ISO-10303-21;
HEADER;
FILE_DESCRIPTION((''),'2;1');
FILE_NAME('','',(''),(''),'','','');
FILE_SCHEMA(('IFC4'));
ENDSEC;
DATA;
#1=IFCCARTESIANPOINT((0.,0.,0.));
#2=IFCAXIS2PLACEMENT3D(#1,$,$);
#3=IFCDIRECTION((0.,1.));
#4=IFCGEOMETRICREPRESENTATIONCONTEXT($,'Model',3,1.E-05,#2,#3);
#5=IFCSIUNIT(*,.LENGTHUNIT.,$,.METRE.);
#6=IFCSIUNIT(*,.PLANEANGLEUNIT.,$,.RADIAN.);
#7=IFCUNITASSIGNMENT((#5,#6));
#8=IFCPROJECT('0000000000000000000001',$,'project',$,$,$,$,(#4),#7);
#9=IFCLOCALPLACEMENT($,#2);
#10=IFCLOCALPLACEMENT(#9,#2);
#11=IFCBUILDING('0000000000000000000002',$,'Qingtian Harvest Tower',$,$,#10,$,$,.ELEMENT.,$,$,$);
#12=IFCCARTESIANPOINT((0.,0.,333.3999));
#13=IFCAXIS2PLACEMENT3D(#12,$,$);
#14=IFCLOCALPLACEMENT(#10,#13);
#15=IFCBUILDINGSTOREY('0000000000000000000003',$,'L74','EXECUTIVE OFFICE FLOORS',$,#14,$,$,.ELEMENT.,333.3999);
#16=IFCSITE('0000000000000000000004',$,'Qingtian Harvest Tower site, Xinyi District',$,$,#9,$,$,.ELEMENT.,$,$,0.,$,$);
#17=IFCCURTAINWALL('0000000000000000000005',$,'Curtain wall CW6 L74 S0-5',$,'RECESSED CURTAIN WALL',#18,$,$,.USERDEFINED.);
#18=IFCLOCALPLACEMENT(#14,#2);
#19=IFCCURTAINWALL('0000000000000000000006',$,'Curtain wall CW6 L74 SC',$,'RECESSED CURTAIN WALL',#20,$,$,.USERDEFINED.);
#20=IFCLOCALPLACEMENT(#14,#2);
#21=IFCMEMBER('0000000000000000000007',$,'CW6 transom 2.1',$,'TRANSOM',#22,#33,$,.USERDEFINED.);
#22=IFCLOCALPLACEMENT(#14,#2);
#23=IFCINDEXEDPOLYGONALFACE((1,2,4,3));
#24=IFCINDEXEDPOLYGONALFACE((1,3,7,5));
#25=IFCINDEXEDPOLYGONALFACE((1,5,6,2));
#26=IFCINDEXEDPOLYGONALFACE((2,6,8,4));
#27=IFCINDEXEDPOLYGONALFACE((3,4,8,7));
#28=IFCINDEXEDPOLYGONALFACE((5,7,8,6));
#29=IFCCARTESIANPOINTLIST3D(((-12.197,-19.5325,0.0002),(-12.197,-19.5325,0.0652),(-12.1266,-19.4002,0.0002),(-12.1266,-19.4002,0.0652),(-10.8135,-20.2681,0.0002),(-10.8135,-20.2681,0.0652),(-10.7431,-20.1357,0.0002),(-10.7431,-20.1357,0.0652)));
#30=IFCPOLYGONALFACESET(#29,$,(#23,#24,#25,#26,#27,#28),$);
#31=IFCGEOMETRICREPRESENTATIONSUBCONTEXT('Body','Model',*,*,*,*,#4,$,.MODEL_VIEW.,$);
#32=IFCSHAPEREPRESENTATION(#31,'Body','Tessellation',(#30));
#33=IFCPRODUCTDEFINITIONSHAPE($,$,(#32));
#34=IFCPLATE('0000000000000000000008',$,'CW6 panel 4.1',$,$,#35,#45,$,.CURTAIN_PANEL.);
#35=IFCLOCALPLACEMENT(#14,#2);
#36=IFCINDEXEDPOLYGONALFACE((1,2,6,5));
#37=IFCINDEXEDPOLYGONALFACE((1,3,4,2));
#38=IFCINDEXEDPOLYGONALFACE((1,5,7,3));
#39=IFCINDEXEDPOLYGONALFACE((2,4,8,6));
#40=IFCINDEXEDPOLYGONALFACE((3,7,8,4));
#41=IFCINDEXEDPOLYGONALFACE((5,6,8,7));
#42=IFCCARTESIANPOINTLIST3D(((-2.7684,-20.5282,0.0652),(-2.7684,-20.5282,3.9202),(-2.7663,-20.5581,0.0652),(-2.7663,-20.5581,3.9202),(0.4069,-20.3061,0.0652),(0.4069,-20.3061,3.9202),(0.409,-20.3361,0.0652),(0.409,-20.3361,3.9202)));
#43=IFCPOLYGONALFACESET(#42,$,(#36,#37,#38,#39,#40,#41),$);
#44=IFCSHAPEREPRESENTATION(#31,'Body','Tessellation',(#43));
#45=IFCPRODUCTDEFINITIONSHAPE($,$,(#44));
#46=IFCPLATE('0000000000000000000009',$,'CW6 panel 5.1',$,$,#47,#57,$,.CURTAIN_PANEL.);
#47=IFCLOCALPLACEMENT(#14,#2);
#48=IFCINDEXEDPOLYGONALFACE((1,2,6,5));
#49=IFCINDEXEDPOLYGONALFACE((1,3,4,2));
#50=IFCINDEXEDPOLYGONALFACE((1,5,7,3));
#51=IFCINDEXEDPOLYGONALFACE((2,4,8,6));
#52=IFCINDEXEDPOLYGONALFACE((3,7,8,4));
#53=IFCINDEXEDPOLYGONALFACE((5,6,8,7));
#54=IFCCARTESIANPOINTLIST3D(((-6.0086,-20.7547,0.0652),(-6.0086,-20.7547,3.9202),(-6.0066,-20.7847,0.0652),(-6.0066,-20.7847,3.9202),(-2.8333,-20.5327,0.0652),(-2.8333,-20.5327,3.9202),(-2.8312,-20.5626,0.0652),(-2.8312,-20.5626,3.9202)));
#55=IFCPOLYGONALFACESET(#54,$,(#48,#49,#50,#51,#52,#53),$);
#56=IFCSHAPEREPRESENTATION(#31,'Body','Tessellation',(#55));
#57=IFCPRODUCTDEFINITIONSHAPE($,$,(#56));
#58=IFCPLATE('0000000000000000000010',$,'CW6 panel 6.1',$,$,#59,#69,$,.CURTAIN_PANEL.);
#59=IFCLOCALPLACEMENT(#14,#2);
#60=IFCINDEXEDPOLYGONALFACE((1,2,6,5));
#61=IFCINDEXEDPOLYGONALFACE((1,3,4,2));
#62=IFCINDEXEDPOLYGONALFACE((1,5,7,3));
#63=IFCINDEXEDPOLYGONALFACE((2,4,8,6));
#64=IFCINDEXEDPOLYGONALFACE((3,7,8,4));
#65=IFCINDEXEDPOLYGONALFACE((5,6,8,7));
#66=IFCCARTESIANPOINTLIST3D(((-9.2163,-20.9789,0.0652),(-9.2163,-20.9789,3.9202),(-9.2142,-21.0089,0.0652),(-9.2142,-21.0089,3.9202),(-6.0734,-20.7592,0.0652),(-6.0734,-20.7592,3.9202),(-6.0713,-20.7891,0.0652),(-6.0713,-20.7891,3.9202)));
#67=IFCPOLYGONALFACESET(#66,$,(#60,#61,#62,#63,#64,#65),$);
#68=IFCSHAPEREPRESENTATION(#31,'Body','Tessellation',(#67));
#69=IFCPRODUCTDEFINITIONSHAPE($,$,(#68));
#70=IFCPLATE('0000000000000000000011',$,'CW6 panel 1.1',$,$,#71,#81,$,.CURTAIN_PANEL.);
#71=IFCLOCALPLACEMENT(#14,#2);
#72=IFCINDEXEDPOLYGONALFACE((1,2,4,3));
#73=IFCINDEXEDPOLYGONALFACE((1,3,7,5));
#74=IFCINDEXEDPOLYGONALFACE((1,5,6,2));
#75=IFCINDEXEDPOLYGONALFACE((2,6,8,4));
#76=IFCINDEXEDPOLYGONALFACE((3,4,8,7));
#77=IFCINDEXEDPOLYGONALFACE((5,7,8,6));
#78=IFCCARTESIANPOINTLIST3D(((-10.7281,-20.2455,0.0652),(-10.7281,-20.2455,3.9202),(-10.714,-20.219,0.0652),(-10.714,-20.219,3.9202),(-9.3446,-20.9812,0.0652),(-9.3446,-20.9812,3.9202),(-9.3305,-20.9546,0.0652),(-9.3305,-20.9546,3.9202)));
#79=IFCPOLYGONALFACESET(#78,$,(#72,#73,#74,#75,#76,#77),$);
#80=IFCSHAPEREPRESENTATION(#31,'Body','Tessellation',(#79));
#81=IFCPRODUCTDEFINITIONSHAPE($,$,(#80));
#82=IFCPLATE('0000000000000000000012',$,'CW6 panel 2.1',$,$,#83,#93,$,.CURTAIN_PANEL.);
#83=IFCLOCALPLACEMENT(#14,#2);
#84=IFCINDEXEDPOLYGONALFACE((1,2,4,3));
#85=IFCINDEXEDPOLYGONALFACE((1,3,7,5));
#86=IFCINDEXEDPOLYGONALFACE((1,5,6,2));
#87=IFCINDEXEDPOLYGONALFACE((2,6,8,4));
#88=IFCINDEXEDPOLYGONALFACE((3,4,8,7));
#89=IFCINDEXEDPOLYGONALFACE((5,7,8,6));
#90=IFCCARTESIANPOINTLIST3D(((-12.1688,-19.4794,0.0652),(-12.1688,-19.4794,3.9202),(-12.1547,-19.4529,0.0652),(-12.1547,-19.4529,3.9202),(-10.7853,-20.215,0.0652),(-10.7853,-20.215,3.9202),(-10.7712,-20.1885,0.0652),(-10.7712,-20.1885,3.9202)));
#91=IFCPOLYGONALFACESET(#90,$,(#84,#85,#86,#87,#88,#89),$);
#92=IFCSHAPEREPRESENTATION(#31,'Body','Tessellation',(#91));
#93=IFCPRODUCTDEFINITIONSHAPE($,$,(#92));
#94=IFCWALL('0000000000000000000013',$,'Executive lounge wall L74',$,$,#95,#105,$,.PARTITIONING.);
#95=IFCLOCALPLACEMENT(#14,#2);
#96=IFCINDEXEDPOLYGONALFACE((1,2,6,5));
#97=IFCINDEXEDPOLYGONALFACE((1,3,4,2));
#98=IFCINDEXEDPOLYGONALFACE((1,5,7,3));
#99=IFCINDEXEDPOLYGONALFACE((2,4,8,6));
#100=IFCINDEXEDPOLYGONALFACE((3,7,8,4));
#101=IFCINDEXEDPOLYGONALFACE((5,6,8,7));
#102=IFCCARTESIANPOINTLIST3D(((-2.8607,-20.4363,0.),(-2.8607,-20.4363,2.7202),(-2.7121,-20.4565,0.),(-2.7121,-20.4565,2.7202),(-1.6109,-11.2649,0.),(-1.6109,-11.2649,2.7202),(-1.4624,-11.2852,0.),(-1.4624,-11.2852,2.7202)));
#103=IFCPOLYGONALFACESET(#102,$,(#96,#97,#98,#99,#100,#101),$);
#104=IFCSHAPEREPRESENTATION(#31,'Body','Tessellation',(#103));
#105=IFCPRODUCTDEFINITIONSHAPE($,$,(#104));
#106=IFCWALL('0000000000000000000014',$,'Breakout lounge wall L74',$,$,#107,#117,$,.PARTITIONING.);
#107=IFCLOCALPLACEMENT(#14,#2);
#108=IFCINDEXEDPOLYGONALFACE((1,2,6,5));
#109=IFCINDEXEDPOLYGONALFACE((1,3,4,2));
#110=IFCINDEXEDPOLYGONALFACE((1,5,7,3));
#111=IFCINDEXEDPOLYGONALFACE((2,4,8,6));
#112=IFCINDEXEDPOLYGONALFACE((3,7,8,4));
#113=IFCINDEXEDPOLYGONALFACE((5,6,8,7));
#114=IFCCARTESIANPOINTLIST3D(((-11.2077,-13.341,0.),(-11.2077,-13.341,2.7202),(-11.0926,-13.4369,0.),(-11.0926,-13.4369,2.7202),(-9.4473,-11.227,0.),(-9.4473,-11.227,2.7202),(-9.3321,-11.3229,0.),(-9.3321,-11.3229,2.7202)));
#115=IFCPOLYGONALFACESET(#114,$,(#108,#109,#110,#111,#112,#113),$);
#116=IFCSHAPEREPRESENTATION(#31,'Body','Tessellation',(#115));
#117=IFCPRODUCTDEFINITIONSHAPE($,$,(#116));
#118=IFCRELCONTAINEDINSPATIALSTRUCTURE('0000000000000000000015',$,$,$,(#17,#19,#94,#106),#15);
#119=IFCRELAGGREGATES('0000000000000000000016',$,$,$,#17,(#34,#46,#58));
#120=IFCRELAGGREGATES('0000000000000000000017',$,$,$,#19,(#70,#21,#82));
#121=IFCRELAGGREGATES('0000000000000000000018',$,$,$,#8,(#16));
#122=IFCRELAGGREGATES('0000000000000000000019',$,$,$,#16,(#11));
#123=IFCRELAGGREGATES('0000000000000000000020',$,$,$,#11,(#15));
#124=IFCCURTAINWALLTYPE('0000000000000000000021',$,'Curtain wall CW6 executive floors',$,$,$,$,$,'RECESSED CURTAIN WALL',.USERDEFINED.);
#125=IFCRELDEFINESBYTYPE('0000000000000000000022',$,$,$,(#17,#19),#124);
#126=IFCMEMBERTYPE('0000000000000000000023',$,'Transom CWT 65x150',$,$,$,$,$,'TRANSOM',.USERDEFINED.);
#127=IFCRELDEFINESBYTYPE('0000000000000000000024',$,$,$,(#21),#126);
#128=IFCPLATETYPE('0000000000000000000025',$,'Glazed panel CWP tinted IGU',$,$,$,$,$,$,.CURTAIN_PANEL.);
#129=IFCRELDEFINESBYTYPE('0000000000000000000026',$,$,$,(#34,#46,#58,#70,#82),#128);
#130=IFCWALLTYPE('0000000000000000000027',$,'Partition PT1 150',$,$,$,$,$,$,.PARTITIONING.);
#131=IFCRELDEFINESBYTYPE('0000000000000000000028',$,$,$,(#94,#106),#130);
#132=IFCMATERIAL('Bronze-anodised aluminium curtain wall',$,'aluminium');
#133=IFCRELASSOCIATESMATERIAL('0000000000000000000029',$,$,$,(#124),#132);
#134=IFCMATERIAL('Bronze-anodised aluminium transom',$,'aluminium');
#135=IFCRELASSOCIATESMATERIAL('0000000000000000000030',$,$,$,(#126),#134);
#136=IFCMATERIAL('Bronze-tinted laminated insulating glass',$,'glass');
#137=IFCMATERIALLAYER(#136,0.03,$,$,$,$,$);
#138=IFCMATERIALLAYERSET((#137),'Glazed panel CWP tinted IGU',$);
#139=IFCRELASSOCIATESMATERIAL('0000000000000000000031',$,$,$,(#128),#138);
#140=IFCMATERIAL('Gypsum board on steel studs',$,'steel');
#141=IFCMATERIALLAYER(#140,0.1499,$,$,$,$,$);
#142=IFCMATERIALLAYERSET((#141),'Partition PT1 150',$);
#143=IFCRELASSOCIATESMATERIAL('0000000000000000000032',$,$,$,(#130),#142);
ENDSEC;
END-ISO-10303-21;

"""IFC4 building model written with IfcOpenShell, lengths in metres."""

from ifc_helpers import new_model, si_unit, direction, frame, frame_2d, origin, origin_2d, place, context, subcontext, project, spatial, rectangle, extrude, material, layer, layer_set, material_profile, profile_set, type_object, element, aggregate, save


model = new_model("IFC4")

# Units and contexts
model_context = context("Model", 3, precision=1e-05, world=origin(), true_north=direction((0.0, 1.0)))
body_context = subcontext(model_context, "Body", "Model", "MODEL_VIEW")
ifc_project = project(units=[si_unit("LENGTHUNIT", "METRE"), si_unit("PLANEANGLEUNIT", "RADIAN")], contexts=[model_context])

# Site, building, storey
site_placement = place(None, origin())
site = spatial("IfcSite", under=ifc_project, at=site_placement, Name="Qingtian Harvest Tower site, Xinyi District", CompositionType="ELEMENT", RefElevation=0.0)
building_placement = place(site_placement, origin())
building = spatial("IfcBuilding", under=site, at=building_placement, Name="Qingtian Harvest Tower", CompositionType="ELEMENT")
storey_placement = place(building_placement, frame((0.0, 0.0, 333.3999)))
storey = spatial("IfcBuildingStorey", under=building, at=storey_placement, Name="L74", Description="EXECUTIVE OFFICE FLOORS", CompositionType="ELEMENT", Elevation=333.3999)

# Curtain walls
ifc_material_1 = material(Name="Bronze-anodised aluminium curtain wall", Category="aluminium")
curtain_wall_type = type_object("IfcCurtainWallType", Name="Curtain wall CW6 executive floors", ElementType="RECESSED CURTAIN WALL", PredefinedType="USERDEFINED", material=ifc_material_1)
curtain_wall_1_placement = place(storey_placement, origin())
curtain_wall_1 = element("IfcCurtainWall", 1, at=curtain_wall_1_placement, inside=storey, type_object=curtain_wall_type, Name="Curtain wall CW6 L74 S0-5", ObjectType="RECESSED CURTAIN WALL", PredefinedType="USERDEFINED")
curtain_wall_2_placement = place(storey_placement, origin())
curtain_wall_2 = element("IfcCurtainWall", 2, at=curtain_wall_2_placement, inside=storey, type_object=curtain_wall_type, Name="Curtain wall CW6 L74 SC", ObjectType="RECESSED CURTAIN WALL", PredefinedType="USERDEFINED")

# Member
ifc_material_2 = material(Name="Bronze-anodised aluminium transom", Category="aluminium")
ifc_material_profile_1 = material_profile(ifc_material_2, rectangle(XDim=0.1499, YDim=0.0649, at=origin_2d()), Name="AL 65x150")
ifc_profile_set_1 = profile_set([ifc_material_profile_1], Name="Bronze-anodised aluminium transom")
member_type_1 = type_object("IfcMemberType", Name="Transom CWT 65x150", ElementType="TRANSOM", PredefinedType="USERDEFINED", material=ifc_profile_set_1)
member_1_placement = place(storey_placement, frame((-10.7783, -20.2019, 0.0327), z_axis=(-0.88296, 0.469448, 0.0), x_axis=(-0.469448, -0.88296, 0.0)))
member_1 = element("IfcMember", 3, at=member_1_placement, type_object=member_type_1, Name="CW6 transom 2.1", ObjectType="TRANSOM", PredefinedType="USERDEFINED", context=body_context, shape_type="SweptSolid", body=[
    extrude(rectangle(XDim=0.1499, YDim=0.0649, at=origin_2d()), origin(), (0.0, 0.0, 1.0), 1.5669),
])

# Plates
ifc_material_3 = material(Name="Bronze-tinted laminated insulating glass", Category="glass")
ifc_layer_1 = layer(ifc_material_3, 0.03)
ifc_layer_set_1 = layer_set([ifc_layer_1], Name="Glazed panel CWP tinted IGU")
plate_type = type_object("IfcPlateType", Name="Glazed panel CWP tinted IGU", PredefinedType="CURTAIN_PANEL", material=ifc_layer_set_1)
plate_1_placement = place(storey_placement, frame((-1.1797, -20.4321, 0.0652), z_axis=(0.0, 0.0, 1.0), x_axis=(-0.997564, -0.069756, 0.0)))
plate_1 = element("IfcPlate", 4, at=plate_1_placement, type_object=plate_type, Name="CW6 panel 4.1", PredefinedType="CURTAIN_PANEL", context=body_context, shape_type="SweptSolid", body=[
    extrude(rectangle(XDim=3.1831, YDim=0.03, at=origin_2d()), origin(), (0.0, 0.0, 1.0), 3.855),
])
plate_2_placement = place(storey_placement, frame((-4.4199, -20.6587, 0.0652), z_axis=(0.0, 0.0, 1.0), x_axis=(-0.997564, -0.069756, 0.0)))
plate_2 = element("IfcPlate", 5, at=plate_2_placement, type_object=plate_type, Name="CW6 panel 5.1", PredefinedType="CURTAIN_PANEL", context=body_context, shape_type="SweptSolid", body=[
    extrude(rectangle(XDim=3.1831, YDim=0.03, at=origin_2d()), origin(), (0.0, 0.0, 1.0), 3.855),
])
plate_3_placement = place(storey_placement, frame((-7.6438, -20.884, 0.0652), z_axis=(0.0, 0.0, 1.0), x_axis=(-0.997564, -0.069756, 0.0)))
plate_3 = element("IfcPlate", 6, at=plate_3_placement, type_object=plate_type, Name="CW6 panel 6.1", PredefinedType="CURTAIN_PANEL", context=body_context, shape_type="SweptSolid", body=[
    extrude(rectangle(XDim=3.1506, YDim=0.03, at=origin_2d()), origin(), (0.0, 0.0, 1.0), 3.855),
])
aggregate(curtain_wall_1, [plate_1, plate_2, plate_3])
plate_4_placement = place(storey_placement, frame((-10.0293, -20.6001, 0.0652), z_axis=(0.0, 0.0, 1.0), x_axis=(-0.882948, 0.469472, 0.0)))
plate_4 = element("IfcPlate", 7, at=plate_4_placement, type_object=plate_type, Name="CW6 panel 1.1", PredefinedType="CURTAIN_PANEL", context=body_context, shape_type="SweptSolid", body=[
    extrude(rectangle(XDim=1.5669, YDim=0.03, at=origin_2d()), origin(), (0.0, 0.0, 1.0), 3.855),
])
plate_5_placement = place(storey_placement, frame((-11.47, -19.834, 0.0652), z_axis=(0.0, 0.0, 1.0), x_axis=(-0.882948, 0.469472, 0.0)))
plate_5 = element("IfcPlate", 8, at=plate_5_placement, type_object=plate_type, Name="CW6 panel 2.1", PredefinedType="CURTAIN_PANEL", context=body_context, shape_type="SweptSolid", body=[
    extrude(rectangle(XDim=1.5669, YDim=0.03, at=origin_2d()), origin(), (0.0, 0.0, 1.0), 3.855),
])
aggregate(curtain_wall_2, [plate_4, member_1, plate_5])

# Walls
ifc_material_4 = material(Name="Gypsum board on steel studs", Category="steel")
ifc_layer_2 = layer(ifc_material_4, 0.1499)
ifc_layer_set_2 = layer_set([ifc_layer_2], Name="Partition PT1 150")
wall_type = type_object("IfcWallType", Name="Partition PT1 150", PredefinedType="PARTITIONING", material=ifc_layer_set_2)
wall_1_placement = place(storey_placement, frame((-2.7864, -20.4463, 0.0), z_axis=(0.0, 0.0, 1.0), x_axis=(0.135019, 0.990843, 0.0)))
element("IfcWall", 9, at=wall_1_placement, inside=storey, type_object=wall_type, Name="Executive lounge wall L74", PredefinedType="PARTITIONING", context=body_context, shape_type="SweptSolid", body=[
    extrude(rectangle(XDim=9.2561, YDim=0.1499, at=frame_2d((4.6279, 0.0))), origin(), (0.0, 0.0, 1.0), 2.7202),
])
wall_2_placement = place(storey_placement, frame((-11.1501, -13.3889, 0.0), z_axis=(0.0, 0.0, 1.0), x_axis=(0.639931, 0.768432, 0.0)))
element("IfcWall", 10, at=wall_2_placement, inside=storey, type_object=wall_type, Name="Breakout lounge wall L74", PredefinedType="PARTITIONING", context=body_context, shape_type="SweptSolid", body=[
    extrude(rectangle(XDim=2.751, YDim=0.1499, at=frame_2d((1.3755, 0.0))), origin(), (0.0, 0.0, 1.0), 2.7202),
])

save(model, "model.ifc")
